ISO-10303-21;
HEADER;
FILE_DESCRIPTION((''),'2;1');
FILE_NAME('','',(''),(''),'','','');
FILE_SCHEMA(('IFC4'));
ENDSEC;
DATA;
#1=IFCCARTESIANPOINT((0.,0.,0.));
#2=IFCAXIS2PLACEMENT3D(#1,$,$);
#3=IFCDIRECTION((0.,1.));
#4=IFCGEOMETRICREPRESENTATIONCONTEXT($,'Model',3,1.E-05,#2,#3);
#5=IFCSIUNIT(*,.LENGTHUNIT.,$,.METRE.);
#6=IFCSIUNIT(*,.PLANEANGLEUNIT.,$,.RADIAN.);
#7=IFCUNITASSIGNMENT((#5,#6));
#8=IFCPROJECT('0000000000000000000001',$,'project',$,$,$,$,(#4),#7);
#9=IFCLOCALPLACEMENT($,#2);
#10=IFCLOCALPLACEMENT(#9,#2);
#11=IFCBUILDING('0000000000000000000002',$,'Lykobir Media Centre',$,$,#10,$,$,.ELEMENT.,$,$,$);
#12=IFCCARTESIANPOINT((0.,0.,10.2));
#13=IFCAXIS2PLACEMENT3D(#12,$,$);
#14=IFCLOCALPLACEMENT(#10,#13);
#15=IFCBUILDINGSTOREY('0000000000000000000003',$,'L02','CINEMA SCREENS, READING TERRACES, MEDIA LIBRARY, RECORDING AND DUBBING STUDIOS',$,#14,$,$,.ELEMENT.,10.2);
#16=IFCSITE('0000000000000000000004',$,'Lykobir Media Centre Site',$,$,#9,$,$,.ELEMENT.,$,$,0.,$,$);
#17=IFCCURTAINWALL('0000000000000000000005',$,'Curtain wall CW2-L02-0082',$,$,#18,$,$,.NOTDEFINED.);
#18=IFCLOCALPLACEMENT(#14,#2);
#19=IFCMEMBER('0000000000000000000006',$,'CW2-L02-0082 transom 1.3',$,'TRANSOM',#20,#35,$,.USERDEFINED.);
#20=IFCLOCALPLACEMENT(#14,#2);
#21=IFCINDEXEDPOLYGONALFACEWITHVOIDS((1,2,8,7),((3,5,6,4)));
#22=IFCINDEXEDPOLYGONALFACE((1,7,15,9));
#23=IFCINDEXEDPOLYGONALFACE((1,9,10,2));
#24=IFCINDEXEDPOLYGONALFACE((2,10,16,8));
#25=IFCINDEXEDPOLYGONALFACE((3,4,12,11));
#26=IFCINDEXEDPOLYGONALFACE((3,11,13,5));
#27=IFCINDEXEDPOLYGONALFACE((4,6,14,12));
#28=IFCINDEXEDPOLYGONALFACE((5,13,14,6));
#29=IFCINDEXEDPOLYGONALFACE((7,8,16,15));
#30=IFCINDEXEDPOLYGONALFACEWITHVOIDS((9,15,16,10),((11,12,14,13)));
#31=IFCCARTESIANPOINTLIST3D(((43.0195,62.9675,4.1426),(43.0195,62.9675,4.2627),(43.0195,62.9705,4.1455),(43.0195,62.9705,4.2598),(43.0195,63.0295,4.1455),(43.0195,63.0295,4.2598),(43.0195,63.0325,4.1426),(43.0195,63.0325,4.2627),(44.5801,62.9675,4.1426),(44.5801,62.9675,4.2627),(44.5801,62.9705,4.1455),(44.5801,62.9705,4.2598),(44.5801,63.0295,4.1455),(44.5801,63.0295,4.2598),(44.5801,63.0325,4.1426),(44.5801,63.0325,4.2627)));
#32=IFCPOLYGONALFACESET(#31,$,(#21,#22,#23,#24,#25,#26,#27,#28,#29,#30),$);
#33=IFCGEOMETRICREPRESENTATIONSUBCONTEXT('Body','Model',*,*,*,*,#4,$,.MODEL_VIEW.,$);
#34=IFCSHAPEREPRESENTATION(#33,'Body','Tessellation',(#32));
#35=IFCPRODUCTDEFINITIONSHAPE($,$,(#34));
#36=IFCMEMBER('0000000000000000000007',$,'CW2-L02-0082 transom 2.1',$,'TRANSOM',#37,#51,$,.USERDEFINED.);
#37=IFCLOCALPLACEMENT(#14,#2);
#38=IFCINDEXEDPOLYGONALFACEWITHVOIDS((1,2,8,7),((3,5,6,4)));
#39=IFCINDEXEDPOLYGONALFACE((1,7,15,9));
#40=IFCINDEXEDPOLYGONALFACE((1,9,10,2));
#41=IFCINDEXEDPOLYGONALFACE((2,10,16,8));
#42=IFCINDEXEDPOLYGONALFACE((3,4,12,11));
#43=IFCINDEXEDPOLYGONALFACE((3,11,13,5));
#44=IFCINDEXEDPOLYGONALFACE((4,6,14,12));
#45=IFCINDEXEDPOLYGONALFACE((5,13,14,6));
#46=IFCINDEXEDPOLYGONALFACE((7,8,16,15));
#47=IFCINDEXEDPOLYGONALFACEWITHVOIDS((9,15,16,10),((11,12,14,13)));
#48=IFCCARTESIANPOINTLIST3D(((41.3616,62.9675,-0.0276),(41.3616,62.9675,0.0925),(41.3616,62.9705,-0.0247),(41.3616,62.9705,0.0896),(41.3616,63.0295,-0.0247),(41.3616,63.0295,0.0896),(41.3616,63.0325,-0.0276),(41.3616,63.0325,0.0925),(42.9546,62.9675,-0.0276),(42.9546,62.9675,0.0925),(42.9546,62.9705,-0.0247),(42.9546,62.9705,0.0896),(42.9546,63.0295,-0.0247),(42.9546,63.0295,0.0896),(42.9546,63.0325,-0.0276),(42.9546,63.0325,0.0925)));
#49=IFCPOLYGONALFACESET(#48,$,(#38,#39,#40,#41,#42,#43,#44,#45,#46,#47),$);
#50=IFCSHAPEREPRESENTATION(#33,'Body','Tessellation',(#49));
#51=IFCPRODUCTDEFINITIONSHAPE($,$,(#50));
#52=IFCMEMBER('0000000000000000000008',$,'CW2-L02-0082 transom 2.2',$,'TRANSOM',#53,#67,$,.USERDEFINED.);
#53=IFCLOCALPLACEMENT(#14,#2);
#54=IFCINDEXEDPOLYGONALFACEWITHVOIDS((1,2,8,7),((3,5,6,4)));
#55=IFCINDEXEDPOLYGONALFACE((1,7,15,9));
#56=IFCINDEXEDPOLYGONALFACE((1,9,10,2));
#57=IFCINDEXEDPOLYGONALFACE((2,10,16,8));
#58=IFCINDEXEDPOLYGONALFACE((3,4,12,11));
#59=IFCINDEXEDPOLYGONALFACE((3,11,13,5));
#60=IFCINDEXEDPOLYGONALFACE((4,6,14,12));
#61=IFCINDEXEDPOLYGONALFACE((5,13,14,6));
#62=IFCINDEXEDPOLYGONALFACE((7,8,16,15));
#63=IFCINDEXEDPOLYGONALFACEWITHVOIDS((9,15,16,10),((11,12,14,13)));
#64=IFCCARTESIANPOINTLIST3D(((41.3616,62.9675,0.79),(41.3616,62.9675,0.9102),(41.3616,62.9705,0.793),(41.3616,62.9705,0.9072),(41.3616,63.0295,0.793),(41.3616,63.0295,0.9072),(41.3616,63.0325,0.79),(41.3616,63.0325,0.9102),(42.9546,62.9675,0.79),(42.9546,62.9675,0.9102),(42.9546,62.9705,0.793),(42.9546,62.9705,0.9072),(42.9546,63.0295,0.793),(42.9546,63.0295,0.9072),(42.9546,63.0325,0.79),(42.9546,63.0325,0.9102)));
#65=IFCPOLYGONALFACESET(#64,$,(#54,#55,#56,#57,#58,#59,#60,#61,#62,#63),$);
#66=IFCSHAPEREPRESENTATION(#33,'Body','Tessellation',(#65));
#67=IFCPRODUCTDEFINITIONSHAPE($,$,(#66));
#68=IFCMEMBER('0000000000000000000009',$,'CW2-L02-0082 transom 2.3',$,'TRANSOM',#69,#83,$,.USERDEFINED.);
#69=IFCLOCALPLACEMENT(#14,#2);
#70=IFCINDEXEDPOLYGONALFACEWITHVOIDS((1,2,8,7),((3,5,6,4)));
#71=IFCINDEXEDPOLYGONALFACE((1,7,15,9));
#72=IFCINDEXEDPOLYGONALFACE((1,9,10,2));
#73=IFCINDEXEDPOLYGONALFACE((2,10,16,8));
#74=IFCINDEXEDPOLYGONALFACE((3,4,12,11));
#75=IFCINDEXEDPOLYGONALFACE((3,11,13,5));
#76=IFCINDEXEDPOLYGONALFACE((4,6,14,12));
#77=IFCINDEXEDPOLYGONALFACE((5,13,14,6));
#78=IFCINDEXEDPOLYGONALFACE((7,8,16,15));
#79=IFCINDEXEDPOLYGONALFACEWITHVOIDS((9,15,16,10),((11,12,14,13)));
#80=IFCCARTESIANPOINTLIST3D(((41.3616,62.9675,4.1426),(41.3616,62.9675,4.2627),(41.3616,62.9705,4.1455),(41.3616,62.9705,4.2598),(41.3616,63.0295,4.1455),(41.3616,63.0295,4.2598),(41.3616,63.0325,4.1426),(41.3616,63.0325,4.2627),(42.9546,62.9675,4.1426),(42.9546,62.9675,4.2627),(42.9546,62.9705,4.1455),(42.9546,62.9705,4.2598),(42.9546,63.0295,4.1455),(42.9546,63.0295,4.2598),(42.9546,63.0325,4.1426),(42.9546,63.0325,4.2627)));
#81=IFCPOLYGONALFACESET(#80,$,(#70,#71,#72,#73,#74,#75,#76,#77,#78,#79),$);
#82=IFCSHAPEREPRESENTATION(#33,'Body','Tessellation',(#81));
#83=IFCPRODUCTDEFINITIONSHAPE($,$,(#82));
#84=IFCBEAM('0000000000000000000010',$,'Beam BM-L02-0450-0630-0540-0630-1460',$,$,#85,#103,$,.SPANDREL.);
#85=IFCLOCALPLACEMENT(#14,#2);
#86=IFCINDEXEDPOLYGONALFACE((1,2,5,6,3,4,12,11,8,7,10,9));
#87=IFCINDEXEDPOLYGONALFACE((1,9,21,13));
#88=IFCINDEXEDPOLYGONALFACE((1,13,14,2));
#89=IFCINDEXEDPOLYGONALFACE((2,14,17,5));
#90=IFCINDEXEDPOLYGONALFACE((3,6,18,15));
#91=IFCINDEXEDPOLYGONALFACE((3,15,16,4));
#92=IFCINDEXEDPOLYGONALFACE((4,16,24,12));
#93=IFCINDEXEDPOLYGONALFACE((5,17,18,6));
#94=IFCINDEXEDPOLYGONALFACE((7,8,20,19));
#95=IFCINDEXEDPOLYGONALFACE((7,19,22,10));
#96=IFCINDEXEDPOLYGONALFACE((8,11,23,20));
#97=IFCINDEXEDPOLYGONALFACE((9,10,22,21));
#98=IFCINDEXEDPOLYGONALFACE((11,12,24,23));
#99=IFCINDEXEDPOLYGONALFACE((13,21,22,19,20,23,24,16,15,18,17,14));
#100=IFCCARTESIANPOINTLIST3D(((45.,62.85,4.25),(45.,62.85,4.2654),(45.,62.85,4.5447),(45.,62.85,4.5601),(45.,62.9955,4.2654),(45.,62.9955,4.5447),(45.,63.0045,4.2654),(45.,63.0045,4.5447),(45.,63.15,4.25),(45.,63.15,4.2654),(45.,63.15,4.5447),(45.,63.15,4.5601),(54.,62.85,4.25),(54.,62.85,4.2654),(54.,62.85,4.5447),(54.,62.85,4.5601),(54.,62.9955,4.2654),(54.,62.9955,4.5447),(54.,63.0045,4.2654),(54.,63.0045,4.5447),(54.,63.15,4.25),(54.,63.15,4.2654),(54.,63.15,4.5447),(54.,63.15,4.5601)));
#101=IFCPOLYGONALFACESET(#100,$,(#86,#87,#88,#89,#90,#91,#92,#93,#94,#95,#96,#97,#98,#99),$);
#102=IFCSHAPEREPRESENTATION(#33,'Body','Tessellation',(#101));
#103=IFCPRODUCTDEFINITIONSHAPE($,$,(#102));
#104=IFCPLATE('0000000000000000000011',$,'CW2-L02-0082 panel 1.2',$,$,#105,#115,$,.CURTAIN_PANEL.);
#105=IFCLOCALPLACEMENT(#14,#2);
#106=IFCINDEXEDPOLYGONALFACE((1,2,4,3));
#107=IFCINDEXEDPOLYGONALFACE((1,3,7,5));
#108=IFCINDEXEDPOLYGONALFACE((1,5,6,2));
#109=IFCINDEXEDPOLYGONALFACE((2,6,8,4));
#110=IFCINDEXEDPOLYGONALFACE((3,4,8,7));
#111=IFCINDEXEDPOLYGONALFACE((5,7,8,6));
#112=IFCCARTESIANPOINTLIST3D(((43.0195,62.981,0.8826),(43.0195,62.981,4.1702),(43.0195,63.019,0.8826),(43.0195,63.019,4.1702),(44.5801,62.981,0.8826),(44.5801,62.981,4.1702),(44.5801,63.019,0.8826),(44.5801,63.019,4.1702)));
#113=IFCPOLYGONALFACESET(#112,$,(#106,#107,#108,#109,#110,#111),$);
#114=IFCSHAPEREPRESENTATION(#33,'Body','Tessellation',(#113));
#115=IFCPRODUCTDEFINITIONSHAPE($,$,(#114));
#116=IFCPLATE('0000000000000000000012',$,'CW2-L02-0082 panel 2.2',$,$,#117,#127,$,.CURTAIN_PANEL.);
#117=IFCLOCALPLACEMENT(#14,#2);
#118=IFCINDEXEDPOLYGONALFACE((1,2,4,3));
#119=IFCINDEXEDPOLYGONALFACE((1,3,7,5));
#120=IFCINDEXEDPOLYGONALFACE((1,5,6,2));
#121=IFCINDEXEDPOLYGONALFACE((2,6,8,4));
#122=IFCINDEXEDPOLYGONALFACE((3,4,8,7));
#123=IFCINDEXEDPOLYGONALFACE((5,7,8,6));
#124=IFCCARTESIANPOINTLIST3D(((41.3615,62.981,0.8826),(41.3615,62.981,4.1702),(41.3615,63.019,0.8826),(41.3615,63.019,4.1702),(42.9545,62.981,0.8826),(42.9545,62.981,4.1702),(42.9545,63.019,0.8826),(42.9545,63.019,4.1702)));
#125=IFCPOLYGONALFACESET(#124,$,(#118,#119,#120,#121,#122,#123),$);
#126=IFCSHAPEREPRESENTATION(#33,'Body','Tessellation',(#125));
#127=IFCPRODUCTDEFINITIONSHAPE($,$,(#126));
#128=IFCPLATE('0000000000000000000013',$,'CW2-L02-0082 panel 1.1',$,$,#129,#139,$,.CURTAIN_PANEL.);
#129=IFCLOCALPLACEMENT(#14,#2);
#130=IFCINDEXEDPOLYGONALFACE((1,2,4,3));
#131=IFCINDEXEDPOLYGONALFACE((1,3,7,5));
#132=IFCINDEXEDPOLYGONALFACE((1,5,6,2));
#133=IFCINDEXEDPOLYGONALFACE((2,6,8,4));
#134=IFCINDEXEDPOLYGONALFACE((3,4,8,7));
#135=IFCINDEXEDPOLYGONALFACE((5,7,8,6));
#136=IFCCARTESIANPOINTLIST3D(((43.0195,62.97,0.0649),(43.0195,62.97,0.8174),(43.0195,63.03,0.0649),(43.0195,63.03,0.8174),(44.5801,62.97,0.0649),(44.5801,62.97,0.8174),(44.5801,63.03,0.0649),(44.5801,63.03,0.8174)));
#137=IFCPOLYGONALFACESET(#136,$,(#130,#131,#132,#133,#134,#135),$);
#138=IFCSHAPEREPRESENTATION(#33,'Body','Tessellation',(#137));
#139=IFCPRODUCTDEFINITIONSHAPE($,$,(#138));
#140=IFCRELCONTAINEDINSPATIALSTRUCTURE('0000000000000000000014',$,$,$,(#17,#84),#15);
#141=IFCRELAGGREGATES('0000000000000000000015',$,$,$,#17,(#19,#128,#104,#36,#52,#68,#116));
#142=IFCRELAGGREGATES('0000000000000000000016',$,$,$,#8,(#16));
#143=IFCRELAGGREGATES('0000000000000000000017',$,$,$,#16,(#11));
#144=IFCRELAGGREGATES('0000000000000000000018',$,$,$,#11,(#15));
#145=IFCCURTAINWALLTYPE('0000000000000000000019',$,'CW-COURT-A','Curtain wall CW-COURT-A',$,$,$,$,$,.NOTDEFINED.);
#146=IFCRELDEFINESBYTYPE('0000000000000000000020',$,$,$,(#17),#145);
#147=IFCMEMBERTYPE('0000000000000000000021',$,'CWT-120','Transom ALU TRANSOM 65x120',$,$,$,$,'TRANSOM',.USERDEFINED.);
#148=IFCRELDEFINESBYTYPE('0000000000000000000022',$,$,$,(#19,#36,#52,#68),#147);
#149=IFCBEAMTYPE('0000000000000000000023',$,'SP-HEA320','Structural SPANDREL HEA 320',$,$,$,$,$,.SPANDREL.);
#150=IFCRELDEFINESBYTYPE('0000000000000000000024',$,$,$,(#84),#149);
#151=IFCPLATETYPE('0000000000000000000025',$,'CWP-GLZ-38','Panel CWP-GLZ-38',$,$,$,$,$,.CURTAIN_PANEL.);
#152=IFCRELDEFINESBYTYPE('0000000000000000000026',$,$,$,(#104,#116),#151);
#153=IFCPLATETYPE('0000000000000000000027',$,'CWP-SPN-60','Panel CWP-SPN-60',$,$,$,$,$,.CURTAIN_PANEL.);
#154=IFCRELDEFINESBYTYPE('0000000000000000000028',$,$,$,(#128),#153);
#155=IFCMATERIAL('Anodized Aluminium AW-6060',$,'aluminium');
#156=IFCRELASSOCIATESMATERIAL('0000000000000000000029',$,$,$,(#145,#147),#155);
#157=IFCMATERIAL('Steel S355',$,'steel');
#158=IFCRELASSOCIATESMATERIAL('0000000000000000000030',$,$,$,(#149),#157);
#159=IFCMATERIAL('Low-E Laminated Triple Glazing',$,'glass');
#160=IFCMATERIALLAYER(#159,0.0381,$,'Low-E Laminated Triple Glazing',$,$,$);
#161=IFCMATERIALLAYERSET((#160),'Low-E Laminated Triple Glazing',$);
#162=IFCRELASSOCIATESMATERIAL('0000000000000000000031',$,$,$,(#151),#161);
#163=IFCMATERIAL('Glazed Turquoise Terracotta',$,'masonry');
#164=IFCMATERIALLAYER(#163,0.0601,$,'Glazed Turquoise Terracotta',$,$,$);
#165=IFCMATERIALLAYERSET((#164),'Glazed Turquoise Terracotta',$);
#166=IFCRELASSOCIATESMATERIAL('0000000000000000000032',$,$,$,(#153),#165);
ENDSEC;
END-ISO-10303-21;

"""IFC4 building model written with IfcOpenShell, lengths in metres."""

from ifc_helpers import new_model, si_unit, direction, frame, origin, origin_2d, place, context, subcontext, project, spatial, rectangle, hollow_rectangle, i_section, extrude, material, layer, layer_set, material_profile, profile_set, type_object, element, aggregate, save


model = new_model("IFC4")

# Units and contexts
model_context = context("Model", 3, precision=1e-05, world=origin(), true_north=direction((0.0, 1.0)))
body_context = subcontext(model_context, "Body", "Model", "MODEL_VIEW")
ifc_project = project(units=[si_unit("LENGTHUNIT", "METRE"), si_unit("PLANEANGLEUNIT", "RADIAN")], contexts=[model_context])

# Site, building, storey
site_placement = place(None, origin())
site = spatial("IfcSite", under=ifc_project, at=site_placement, Name="Lykobir Media Centre Site", CompositionType="ELEMENT", RefElevation=0.0)
building_placement = place(site_placement, origin())
building = spatial("IfcBuilding", under=site, at=building_placement, Name="Lykobir Media Centre", CompositionType="ELEMENT")
storey_placement = place(building_placement, frame((0.0, 0.0, 10.2)))
storey = spatial("IfcBuildingStorey", under=building, at=storey_placement, Name="L02", Description="CINEMA SCREENS, READING TERRACES, MEDIA LIBRARY, RECORDING AND DUBBING STUDIOS", CompositionType="ELEMENT", Elevation=10.2)

# Shared definitions
ifc_material_1 = material(Name="Steel S355", Category="steel")

# Curtain wall
ifc_material_2 = material(Name="Anodized Aluminium AW-6060", Category="aluminium")
curtain_wall_type_1 = type_object("IfcCurtainWallType", Name="CW-COURT-A", Description="Curtain wall CW-COURT-A", PredefinedType="NOTDEFINED", material=ifc_material_2)
curtain_wall_1_placement = place(storey_placement, origin())
curtain_wall_1 = element("IfcCurtainWall", 1, at=curtain_wall_1_placement, inside=storey, type_object=curtain_wall_type_1, Name="Curtain wall CW2-L02-0082", PredefinedType="NOTDEFINED")

# Members
ifc_material_profile_1 = material_profile(ifc_material_2, hollow_rectangle(XDim=0.0649, YDim=0.1201, WallThickness=0.0029, at=origin_2d()), Name="ALU TRANSOM 65x120")
ifc_profile_set_1 = profile_set([ifc_material_profile_1], Name="Anodized Aluminium AW-6060")
member_type_1 = type_object("IfcMemberType", Name="CWT-120", Description="Transom ALU TRANSOM 65x120", ElementType="TRANSOM", PredefinedType="USERDEFINED", material=ifc_profile_set_1)
member_1_placement = place(storey_placement, frame((44.5801, 63.0, 4.2026), z_axis=(-1.0, 0.0, 0.0), x_axis=(0.0, -1.0, 0.0)))
member_1 = element("IfcMember", 2, at=member_1_placement, type_object=member_type_1, Name="CW2-L02-0082 transom 1.3", ObjectType="TRANSOM", PredefinedType="USERDEFINED", context=body_context, shape_type="SweptSolid", body=[
    extrude(hollow_rectangle(XDim=0.0649, YDim=0.1201, WallThickness=0.0029, at=origin_2d()), origin(), (0.0, 0.0, 1.0), 1.5605),
])
member_2_placement = place(storey_placement, frame((42.9546, 63.0, 0.0325), z_axis=(-1.0, 0.0, 0.0), x_axis=(0.0, -1.0, 0.0)))
member_2 = element("IfcMember", 3, at=member_2_placement, type_object=member_type_1, Name="CW2-L02-0082 transom 2.1", ObjectType="TRANSOM", PredefinedType="USERDEFINED", context=body_context, shape_type="SweptSolid", body=[
    extrude(hollow_rectangle(XDim=0.0649, YDim=0.1201, WallThickness=0.0029, at=origin_2d()), origin(), (0.0, 0.0, 1.0), 1.593),
])
member_3_placement = place(storey_placement, frame((42.9546, 63.0, 0.8501), z_axis=(-1.0, 0.0, 0.0), x_axis=(0.0, -1.0, 0.0)))
member_3 = element("IfcMember", 4, at=member_3_placement, type_object=member_type_1, Name="CW2-L02-0082 transom 2.2", ObjectType="TRANSOM", PredefinedType="USERDEFINED", context=body_context, shape_type="SweptSolid", body=[
    extrude(hollow_rectangle(XDim=0.0649, YDim=0.1201, WallThickness=0.0029, at=origin_2d()), origin(), (0.0, 0.0, 1.0), 1.593),
])
member_4_placement = place(storey_placement, frame((42.9546, 63.0, 4.2026), z_axis=(-1.0, 0.0, 0.0), x_axis=(0.0, -1.0, 0.0)))
member_4 = element("IfcMember", 5, at=member_4_placement, type_object=member_type_1, Name="CW2-L02-0082 transom 2.3", ObjectType="TRANSOM", PredefinedType="USERDEFINED", context=body_context, shape_type="SweptSolid", body=[
    extrude(hollow_rectangle(XDim=0.0649, YDim=0.1201, WallThickness=0.0029, at=origin_2d()), origin(), (0.0, 0.0, 1.0), 1.593),
])

# Beam
ifc_material_profile_2 = material_profile(ifc_material_1, i_section(OverallWidth=0.3, OverallDepth=0.3101, WebThickness=0.009, FlangeThickness=0.0154, at=origin_2d()), Name="HEA 320")
ifc_profile_set_2 = profile_set([ifc_material_profile_2], Name="Steel S355")
beam_type_1 = type_object("IfcBeamType", Name="SP-HEA320", Description="Structural SPANDREL HEA 320", PredefinedType="SPANDREL", material=ifc_profile_set_2)
beam_placement = place(storey_placement, frame((45.0, 63.0, 4.405), z_axis=(1.0, 0.0, 0.0), x_axis=(0.0, 1.0, 0.0)))
element("IfcBeam", 6, at=beam_placement, inside=storey, type_object=beam_type_1, Name="Beam BM-L02-0450-0630-0540-0630-1460", PredefinedType="SPANDREL", context=body_context, shape_type="SweptSolid", body=[
    extrude(i_section(OverallWidth=0.3, OverallDepth=0.3101, WebThickness=0.009, FlangeThickness=0.0154, at=origin_2d()), origin(), (0.0, 0.0, 1.0), 9.0),
])

# Plates
ifc_material_3 = material(Name="Low-E Laminated Triple Glazing", Category="glass")
ifc_layer_1 = layer(ifc_material_3, 0.0381, Name="Low-E Laminated Triple Glazing")
ifc_layer_set_1 = layer_set([ifc_layer_1], Name="Low-E Laminated Triple Glazing")
plate_type_1 = type_object("IfcPlateType", Name="CWP-GLZ-38", Description="Panel CWP-GLZ-38", PredefinedType="CURTAIN_PANEL", material=ifc_layer_set_1)
plate_1_placement = place(storey_placement, frame((43.7998, 63.0, 0.8826), z_axis=(0.0, 0.0, 1.0), x_axis=(-1.0, 0.0, 0.0)))
plate_1 = element("IfcPlate", 7, at=plate_1_placement, type_object=plate_type_1, Name="CW2-L02-0082 panel 1.2", PredefinedType="CURTAIN_PANEL", context=body_context, shape_type="SweptSolid", body=[
    extrude(rectangle(XDim=1.5605, YDim=0.0381, at=origin_2d()), origin(), (0.0, 0.0, 1.0), 3.2876),
])
plate_2_placement = place(storey_placement, frame((42.158, 63.0, 0.8826), z_axis=(0.0, 0.0, 1.0), x_axis=(-1.0, 0.0, 0.0)))
plate_2 = element("IfcPlate", 8, at=plate_2_placement, type_object=plate_type_1, Name="CW2-L02-0082 panel 2.2", PredefinedType="CURTAIN_PANEL", context=body_context, shape_type="SweptSolid", body=[
    extrude(rectangle(XDim=1.593, YDim=0.0381, at=origin_2d()), origin(), (0.0, 0.0, 1.0), 3.2876),
])
ifc_material_4 = material(Name="Glazed Turquoise Terracotta", Category="masonry")
ifc_layer_2 = layer(ifc_material_4, 0.0601, Name="Glazed Turquoise Terracotta")
ifc_layer_set_2 = layer_set([ifc_layer_2], Name="Glazed Turquoise Terracotta")
plate_type_2 = type_object("IfcPlateType", Name="CWP-SPN-60", Description="Panel CWP-SPN-60", PredefinedType="CURTAIN_PANEL", material=ifc_layer_set_2)
plate_3_placement = place(storey_placement, frame((43.7998, 63.0, 0.0649), z_axis=(0.0, 0.0, 1.0), x_axis=(-1.0, 0.0, 0.0)))
plate_3 = element("IfcPlate", 9, at=plate_3_placement, type_object=plate_type_2, Name="CW2-L02-0082 panel 1.1", PredefinedType="CURTAIN_PANEL", context=body_context, shape_type="SweptSolid", body=[
    extrude(rectangle(XDim=1.5605, YDim=0.0601, at=origin_2d()), origin(), (0.0, 0.0, 1.0), 0.7524),
])
aggregate(curtain_wall_1, [member_1, plate_3, plate_1, member_2, member_3, member_4, plate_2])

save(model, "model.ifc")
